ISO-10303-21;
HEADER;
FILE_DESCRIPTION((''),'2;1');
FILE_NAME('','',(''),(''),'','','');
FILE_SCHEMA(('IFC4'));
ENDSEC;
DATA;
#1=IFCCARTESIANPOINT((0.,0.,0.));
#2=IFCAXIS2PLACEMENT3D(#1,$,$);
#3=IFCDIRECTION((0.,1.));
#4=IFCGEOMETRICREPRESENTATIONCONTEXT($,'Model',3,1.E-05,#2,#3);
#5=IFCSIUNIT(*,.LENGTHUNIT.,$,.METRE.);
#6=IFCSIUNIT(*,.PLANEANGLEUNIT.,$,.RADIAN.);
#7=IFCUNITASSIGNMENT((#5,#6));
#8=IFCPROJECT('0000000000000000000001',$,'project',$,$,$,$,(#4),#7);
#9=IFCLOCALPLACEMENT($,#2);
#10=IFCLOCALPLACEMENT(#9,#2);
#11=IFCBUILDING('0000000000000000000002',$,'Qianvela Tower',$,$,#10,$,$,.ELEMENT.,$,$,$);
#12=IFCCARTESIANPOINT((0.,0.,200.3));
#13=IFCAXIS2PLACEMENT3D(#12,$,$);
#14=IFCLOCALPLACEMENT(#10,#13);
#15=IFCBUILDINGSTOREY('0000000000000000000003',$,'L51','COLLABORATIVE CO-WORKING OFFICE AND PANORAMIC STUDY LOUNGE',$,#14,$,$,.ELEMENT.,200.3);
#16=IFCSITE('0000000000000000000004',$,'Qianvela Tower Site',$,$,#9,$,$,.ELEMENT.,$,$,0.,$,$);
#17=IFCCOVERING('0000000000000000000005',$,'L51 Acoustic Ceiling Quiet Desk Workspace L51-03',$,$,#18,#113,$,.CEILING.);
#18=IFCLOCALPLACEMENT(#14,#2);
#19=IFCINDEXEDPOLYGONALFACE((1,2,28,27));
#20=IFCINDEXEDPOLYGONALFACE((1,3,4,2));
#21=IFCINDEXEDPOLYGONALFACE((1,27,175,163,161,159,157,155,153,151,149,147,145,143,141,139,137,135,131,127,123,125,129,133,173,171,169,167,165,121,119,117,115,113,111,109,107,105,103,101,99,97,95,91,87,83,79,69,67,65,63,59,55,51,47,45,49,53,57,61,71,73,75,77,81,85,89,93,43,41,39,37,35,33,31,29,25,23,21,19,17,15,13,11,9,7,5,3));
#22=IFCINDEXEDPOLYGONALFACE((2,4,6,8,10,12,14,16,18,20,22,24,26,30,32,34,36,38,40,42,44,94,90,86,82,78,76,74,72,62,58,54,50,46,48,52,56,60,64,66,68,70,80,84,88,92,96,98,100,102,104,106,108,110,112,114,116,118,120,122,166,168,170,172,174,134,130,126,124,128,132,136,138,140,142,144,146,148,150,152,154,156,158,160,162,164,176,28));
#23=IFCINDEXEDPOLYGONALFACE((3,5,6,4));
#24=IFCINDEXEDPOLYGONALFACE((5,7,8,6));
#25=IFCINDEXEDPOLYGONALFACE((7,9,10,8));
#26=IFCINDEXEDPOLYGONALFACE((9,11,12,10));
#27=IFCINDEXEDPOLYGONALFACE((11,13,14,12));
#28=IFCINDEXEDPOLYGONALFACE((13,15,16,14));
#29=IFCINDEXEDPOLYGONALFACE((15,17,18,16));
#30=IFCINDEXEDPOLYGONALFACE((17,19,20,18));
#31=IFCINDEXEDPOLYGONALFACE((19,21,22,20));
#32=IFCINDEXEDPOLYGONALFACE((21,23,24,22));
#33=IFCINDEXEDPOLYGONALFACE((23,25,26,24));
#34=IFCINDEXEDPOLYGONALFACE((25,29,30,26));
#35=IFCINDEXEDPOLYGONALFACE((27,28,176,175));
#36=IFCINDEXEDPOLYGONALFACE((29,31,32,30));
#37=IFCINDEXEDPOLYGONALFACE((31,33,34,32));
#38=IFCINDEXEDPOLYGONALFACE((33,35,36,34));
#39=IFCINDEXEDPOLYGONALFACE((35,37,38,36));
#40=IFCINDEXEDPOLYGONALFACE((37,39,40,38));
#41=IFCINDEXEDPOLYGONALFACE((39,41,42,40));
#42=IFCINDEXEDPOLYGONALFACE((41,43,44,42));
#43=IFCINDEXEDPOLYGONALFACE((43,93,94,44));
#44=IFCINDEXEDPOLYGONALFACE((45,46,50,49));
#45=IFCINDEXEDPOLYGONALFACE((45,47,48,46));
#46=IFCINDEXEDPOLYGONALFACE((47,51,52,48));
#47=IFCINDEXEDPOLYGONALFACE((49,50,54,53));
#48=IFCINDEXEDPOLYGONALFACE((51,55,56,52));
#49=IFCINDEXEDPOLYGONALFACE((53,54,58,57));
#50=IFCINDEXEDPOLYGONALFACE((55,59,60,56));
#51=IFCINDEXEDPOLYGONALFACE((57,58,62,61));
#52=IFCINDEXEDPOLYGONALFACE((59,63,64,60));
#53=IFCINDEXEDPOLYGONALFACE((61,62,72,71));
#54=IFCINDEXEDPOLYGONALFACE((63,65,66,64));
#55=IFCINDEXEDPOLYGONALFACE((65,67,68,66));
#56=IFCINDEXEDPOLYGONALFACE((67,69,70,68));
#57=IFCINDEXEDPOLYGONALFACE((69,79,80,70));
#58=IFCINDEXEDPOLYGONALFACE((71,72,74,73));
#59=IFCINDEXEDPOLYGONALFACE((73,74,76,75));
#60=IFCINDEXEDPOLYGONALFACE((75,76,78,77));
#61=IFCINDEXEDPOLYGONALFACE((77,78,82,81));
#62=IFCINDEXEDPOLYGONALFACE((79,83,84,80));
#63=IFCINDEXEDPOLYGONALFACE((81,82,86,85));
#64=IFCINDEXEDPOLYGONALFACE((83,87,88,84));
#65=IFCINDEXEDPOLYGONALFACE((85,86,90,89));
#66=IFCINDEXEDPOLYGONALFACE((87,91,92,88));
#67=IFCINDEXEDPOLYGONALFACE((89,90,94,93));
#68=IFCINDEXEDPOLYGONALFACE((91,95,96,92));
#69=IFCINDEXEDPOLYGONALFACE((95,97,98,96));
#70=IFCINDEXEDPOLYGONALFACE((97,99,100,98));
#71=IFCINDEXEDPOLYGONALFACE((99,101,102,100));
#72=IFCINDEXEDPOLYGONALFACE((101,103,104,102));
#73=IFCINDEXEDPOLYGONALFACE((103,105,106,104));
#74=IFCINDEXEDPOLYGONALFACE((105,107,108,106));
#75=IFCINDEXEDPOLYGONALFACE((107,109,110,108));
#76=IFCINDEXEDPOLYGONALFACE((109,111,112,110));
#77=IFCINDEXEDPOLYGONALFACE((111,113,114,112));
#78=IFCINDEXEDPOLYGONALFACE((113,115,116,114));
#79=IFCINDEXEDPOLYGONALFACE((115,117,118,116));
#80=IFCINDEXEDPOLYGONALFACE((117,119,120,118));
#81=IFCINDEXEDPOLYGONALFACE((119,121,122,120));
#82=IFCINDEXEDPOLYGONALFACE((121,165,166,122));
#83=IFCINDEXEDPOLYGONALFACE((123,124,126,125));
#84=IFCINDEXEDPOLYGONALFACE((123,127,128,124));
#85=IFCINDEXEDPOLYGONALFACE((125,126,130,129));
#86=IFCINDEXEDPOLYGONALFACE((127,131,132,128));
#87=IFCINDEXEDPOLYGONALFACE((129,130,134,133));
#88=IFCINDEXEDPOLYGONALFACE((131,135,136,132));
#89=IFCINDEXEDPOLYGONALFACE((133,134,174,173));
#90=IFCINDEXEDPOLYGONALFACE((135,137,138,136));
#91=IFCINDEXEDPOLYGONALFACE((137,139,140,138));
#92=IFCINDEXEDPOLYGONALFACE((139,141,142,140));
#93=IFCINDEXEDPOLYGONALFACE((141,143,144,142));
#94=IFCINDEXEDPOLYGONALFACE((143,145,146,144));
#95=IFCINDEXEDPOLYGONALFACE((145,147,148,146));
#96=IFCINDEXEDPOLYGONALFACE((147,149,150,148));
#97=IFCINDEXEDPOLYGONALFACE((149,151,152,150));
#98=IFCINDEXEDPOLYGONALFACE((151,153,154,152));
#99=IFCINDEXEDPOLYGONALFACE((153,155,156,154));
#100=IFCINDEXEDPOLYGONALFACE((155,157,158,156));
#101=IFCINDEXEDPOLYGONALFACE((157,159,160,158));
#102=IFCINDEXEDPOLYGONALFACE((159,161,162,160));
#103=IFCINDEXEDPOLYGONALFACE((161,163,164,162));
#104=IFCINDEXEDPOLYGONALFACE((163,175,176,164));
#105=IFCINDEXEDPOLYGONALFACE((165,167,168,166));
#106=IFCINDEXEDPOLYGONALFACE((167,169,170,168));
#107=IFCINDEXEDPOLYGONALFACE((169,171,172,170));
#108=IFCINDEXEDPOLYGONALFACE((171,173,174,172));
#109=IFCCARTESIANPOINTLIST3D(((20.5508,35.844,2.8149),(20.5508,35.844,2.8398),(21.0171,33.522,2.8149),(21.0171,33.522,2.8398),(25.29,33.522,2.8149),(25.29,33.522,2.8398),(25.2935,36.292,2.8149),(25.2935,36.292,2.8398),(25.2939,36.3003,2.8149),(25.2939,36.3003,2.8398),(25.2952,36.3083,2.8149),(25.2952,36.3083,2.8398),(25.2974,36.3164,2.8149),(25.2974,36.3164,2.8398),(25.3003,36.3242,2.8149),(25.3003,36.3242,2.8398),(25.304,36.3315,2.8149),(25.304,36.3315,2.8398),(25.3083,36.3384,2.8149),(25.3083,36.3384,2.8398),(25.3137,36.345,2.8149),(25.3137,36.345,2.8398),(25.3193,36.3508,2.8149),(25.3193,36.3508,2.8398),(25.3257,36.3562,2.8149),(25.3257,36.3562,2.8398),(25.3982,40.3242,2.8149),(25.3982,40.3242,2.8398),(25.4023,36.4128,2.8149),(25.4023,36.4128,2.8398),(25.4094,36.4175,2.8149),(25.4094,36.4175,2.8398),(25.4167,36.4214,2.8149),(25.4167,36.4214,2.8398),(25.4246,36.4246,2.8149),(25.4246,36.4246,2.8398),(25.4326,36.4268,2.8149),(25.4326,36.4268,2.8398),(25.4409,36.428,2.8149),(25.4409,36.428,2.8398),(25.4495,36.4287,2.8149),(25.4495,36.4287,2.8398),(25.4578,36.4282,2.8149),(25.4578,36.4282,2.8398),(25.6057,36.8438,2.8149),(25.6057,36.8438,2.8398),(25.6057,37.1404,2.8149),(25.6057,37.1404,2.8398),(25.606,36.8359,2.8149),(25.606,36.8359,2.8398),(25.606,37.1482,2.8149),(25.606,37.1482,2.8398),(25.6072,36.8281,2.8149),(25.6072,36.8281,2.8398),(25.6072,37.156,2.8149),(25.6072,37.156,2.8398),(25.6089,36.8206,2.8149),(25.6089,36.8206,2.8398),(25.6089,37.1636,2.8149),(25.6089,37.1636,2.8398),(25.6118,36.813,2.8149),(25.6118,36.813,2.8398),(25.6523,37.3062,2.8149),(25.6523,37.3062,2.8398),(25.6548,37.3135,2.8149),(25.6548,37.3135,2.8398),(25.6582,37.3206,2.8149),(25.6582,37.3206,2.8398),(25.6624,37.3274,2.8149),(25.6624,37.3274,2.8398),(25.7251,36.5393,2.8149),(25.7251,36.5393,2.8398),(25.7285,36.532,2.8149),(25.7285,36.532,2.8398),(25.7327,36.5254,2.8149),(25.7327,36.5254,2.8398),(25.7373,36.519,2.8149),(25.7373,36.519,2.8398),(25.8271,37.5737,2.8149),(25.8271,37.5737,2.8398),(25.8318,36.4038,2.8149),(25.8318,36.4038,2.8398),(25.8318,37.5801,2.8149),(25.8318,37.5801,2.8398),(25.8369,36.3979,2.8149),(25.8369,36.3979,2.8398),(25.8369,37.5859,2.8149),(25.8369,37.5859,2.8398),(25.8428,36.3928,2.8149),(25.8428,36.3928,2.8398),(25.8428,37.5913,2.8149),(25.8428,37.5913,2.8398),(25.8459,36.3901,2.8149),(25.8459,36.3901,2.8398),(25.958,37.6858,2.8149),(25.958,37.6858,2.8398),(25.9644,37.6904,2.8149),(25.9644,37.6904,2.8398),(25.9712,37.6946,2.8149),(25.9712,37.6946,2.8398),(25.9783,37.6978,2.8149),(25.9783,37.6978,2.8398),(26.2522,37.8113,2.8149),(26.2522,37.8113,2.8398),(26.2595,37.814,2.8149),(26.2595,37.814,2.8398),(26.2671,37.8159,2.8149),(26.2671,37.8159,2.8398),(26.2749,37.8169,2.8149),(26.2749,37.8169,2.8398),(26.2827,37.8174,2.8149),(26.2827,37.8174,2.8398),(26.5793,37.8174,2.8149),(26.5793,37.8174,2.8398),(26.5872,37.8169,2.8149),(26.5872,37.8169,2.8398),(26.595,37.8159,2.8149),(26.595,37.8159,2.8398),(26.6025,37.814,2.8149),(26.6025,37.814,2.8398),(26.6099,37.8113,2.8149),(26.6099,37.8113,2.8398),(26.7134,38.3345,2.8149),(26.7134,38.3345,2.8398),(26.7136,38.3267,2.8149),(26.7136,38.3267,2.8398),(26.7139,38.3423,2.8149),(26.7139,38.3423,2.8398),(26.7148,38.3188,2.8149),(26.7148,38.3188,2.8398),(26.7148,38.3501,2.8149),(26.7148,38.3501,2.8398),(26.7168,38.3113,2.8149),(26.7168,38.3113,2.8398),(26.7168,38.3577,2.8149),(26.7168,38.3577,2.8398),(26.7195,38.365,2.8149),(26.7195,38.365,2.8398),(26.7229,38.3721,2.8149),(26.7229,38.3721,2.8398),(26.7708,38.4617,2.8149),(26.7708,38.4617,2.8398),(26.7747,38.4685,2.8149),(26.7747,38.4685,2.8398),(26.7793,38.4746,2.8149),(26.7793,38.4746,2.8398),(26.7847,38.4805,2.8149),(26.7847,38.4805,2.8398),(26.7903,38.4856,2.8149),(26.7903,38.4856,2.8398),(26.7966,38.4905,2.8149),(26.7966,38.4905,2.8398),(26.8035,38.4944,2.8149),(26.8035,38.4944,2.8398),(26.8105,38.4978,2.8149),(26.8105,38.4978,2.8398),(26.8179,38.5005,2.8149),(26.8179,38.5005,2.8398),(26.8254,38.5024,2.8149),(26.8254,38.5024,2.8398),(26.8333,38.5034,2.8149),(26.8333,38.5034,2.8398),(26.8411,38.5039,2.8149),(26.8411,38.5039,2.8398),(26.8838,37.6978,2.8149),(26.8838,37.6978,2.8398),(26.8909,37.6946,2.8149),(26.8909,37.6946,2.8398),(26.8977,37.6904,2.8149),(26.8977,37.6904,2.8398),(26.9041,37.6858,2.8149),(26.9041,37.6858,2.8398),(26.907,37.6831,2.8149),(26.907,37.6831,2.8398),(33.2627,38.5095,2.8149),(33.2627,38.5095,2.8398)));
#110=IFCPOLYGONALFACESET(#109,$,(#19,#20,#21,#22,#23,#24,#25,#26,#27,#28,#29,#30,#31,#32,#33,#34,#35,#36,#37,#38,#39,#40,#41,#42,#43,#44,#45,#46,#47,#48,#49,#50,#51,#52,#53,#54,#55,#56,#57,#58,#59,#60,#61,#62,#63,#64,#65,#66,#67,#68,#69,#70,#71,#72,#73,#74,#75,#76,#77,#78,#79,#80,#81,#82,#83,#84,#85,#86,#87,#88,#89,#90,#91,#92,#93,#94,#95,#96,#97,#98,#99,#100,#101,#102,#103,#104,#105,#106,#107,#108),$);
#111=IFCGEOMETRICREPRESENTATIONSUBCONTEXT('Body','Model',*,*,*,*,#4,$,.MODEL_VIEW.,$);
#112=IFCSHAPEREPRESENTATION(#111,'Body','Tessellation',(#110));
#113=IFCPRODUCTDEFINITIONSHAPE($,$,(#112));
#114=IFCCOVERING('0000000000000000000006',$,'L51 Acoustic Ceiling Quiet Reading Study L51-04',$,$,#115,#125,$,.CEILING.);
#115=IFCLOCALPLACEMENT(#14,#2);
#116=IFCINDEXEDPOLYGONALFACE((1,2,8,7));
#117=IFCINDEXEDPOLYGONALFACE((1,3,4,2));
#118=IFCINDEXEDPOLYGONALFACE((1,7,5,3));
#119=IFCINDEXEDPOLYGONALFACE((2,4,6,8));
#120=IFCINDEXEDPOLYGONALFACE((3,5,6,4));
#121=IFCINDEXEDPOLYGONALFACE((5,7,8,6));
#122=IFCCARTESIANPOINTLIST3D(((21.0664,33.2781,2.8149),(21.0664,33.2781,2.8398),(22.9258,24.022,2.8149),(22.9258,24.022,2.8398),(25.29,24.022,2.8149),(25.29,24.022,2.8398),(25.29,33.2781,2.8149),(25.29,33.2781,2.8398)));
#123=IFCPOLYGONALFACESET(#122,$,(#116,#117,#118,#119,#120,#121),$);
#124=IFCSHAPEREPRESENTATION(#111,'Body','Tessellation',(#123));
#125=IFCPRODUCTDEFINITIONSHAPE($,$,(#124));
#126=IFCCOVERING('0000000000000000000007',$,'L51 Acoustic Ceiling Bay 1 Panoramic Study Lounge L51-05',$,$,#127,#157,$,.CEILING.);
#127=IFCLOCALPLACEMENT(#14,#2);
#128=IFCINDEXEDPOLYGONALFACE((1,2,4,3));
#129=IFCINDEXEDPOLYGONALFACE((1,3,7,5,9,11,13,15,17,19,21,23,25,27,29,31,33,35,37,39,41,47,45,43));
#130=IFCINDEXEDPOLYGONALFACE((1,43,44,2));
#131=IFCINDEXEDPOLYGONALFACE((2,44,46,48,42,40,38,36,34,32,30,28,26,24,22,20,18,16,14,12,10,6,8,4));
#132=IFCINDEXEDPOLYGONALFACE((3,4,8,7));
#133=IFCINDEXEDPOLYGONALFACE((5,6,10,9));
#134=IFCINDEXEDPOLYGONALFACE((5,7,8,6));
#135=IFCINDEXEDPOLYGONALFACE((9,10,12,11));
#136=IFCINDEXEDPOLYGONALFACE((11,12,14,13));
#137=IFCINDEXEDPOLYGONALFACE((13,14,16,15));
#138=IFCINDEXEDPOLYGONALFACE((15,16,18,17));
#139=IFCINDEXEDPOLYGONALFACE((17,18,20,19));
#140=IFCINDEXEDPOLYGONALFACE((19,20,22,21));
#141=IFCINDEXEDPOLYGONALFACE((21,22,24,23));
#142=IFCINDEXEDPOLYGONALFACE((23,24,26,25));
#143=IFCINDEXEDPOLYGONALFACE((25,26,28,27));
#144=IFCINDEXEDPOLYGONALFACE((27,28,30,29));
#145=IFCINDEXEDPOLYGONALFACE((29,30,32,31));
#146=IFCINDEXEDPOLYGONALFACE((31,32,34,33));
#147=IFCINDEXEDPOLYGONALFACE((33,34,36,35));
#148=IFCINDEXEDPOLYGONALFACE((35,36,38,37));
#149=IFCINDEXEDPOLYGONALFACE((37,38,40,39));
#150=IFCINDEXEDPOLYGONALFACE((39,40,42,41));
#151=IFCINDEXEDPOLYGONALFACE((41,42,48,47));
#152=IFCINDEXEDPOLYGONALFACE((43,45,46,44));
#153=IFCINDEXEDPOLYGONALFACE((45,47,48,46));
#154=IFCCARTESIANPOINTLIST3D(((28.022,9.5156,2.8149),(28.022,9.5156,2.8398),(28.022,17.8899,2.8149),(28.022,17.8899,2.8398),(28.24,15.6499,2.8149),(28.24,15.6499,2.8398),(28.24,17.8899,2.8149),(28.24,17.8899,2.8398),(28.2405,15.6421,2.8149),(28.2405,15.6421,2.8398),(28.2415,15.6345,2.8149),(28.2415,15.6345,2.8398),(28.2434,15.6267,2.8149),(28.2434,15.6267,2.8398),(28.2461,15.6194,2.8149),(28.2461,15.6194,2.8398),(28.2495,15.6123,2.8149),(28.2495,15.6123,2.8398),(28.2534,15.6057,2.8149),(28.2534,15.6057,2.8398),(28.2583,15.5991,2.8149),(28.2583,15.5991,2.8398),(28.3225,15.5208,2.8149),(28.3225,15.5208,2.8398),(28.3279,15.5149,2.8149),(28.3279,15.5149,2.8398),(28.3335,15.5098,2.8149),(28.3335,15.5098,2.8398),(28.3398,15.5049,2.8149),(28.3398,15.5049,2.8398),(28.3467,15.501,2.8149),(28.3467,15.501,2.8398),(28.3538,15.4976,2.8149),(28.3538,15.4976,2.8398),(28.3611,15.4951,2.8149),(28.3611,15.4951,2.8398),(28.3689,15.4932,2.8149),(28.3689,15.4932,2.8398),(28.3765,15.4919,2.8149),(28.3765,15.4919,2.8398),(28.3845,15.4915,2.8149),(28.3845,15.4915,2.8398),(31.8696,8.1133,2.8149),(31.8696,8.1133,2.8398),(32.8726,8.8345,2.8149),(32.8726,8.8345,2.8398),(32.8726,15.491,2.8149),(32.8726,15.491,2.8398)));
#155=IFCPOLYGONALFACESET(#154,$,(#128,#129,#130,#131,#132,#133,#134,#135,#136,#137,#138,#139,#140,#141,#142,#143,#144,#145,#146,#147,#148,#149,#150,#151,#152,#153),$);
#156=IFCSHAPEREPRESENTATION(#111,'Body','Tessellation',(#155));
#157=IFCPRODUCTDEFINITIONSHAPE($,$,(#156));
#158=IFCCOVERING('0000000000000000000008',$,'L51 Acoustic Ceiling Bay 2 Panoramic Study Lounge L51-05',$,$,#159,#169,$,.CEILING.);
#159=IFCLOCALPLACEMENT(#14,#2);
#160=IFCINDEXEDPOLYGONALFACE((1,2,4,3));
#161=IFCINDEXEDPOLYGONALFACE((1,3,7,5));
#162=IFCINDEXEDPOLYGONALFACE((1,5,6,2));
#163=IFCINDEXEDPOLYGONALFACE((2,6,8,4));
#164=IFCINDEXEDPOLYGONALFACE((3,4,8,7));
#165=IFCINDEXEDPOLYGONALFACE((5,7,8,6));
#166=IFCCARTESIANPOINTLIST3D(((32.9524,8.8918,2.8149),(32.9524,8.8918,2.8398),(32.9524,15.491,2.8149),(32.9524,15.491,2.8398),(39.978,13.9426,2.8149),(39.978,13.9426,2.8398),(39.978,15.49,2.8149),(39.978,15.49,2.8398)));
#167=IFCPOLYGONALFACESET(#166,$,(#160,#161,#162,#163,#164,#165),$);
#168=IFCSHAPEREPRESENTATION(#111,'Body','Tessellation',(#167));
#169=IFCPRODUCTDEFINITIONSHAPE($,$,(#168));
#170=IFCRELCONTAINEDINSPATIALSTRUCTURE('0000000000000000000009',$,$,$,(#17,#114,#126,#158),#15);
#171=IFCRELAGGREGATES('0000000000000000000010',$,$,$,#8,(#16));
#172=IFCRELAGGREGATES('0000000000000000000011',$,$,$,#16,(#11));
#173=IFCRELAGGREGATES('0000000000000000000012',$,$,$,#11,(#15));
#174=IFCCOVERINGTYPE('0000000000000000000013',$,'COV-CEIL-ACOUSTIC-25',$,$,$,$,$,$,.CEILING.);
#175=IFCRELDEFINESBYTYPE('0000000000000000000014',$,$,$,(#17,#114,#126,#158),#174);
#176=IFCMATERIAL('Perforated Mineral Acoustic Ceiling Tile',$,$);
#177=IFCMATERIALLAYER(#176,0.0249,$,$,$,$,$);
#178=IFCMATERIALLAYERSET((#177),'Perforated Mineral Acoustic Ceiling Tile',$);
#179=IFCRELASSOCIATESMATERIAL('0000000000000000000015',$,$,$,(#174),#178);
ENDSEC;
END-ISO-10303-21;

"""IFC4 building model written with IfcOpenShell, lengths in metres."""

from ifc_helpers import new_model, si_unit, direction, frame, origin, place, context, subcontext, project, spatial, polyline, outline, extrude, material, layer, layer_set, type_object, element, save


model = new_model("IFC4")

# Units and contexts
model_context = context("Model", 3, precision=1e-05, world=origin(), true_north=direction((0.0, 1.0)))
body_context = subcontext(model_context, "Body", "Model", "MODEL_VIEW")
ifc_project = project(units=[si_unit("LENGTHUNIT", "METRE"), si_unit("PLANEANGLEUNIT", "RADIAN")], contexts=[model_context])

# Site, building, storey
site_placement = place(None, origin())
site = spatial("IfcSite", under=ifc_project, at=site_placement, Name="Qianvela Tower Site", CompositionType="ELEMENT", RefElevation=0.0)
building_placement = place(site_placement, origin())
building = spatial("IfcBuilding", under=site, at=building_placement, Name="Qianvela Tower", CompositionType="ELEMENT")
storey_placement = place(building_placement, frame((0.0, 0.0, 200.3)))
storey = spatial("IfcBuildingStorey", under=building, at=storey_placement, Name="L51", Description="COLLABORATIVE CO-WORKING OFFICE AND PANORAMIC STUDY LOUNGE", CompositionType="ELEMENT", Elevation=200.3)

# Coverings
ifc_material_1 = material(Name="Perforated Mineral Acoustic Ceiling Tile")
ifc_layer_1 = layer(ifc_material_1, 0.0249)
ifc_layer_set_1 = layer_set([ifc_layer_1], Name="Perforated Mineral Acoustic Ceiling Tile")
covering_type_1 = type_object("IfcCoveringType", Name="COV-CEIL-ACOUSTIC-25", PredefinedType="CEILING", material=ifc_layer_set_1)
covering_1_placement = place(storey_placement, frame((0.0, 0.0, 2.8149)))
element("IfcCovering", 1, at=covering_1_placement, inside=storey, type_object=covering_type_1, Name="L51 Acoustic Ceiling Quiet Desk Workspace L51-03", PredefinedType="CEILING", context=body_context, shape_type="SweptSolid", body=[
    extrude(outline(polyline([(25.8459, 36.3901), (25.4578, 36.4282), (25.4495, 36.4287), (25.4409, 36.428), (25.4326, 36.4268), (25.4246, 36.4246), (25.4167, 36.4214), (25.4094, 36.4175), (25.4023, 36.4128), (25.3257, 36.3562), (25.3193, 36.3508), (25.3137, 36.345), (25.3083, 36.3384), (25.304, 36.3315), (25.3003, 36.3242), (25.2974, 36.3164), (25.2952, 36.3083), (25.2939, 36.3003), (25.2935, 36.292), (25.29, 33.522), (21.0171, 33.522), (20.5508, 35.844), (25.3982, 40.3242), (33.2627, 38.5095), (26.8411, 38.5039), (26.8333, 38.5034), (26.8254, 38.5024), (26.8179, 38.5005), (26.8105, 38.4978), (26.8035, 38.4944), (26.7966, 38.4905), (26.7903, 38.4856), (26.7847, 38.4805), (26.7793, 38.4746), (26.7747, 38.4685), (26.7708, 38.4617), (26.7229, 38.3721), (26.7195, 38.365), (26.7168, 38.3577), (26.7148, 38.3501), (26.7139, 38.3423), (26.7134, 38.3345), (26.7136, 38.3267), (26.7148, 38.3188), (26.7168, 38.3113), (26.907, 37.6831), (26.9041, 37.6858), (26.8977, 37.6904), (26.8909, 37.6946), (26.8838, 37.6978), (26.6099, 37.8113), (26.6025, 37.814), (26.595, 37.8159), (26.5872, 37.8169), (26.5793, 37.8174), (26.2827, 37.8174), (26.2749, 37.8169), (26.2671, 37.8159), (26.2595, 37.814), (26.2522, 37.8113), (25.9783, 37.6978), (25.9712, 37.6946), (25.9644, 37.6904), (25.958, 37.6858), (25.8428, 37.5913), (25.8369, 37.5859), (25.8318, 37.5801), (25.8271, 37.5737), (25.6624, 37.3274), (25.6582, 37.3206), (25.6548, 37.3135), (25.6523, 37.3062), (25.6089, 37.1636), (25.6072, 37.156), (25.606, 37.1482), (25.6057, 37.1404), (25.6057, 36.8438), (25.606, 36.8359), (25.6072, 36.8281), (25.6089, 36.8206), (25.6118, 36.813), (25.7251, 36.5393), (25.7285, 36.532), (25.7327, 36.5254), (25.7373, 36.519), (25.8318, 36.4038), (25.8369, 36.3979), (25.8428, 36.3928), (25.8459, 36.3901)])), origin(), (0.0, 0.0, 1.0), 0.0249),
])
covering_2_placement = place(storey_placement, frame((0.0, 0.0, 2.8149)))
element("IfcCovering", 2, at=covering_2_placement, inside=storey, type_object=covering_type_1, Name="L51 Acoustic Ceiling Quiet Reading Study L51-04", PredefinedType="CEILING", context=body_context, shape_type="SweptSolid", body=[
    extrude(outline(polyline([(25.29, 33.2781), (25.29, 24.022), (22.9258, 24.022), (21.0664, 33.2781), (25.29, 33.2781)])), origin(), (0.0, 0.0, 1.0), 0.0249),
])
covering_3_placement = place(storey_placement, frame((0.0, 0.0, 2.8149)))
element("IfcCovering", 3, at=covering_3_placement, inside=storey, type_object=covering_type_1, Name="L51 Acoustic Ceiling Bay 1 Panoramic Study Lounge L51-05", PredefinedType="CEILING", context=body_context, shape_type="SweptSolid", body=[
    extrude(outline(polyline([(28.24, 17.8899), (28.24, 15.6499), (28.2405, 15.6421), (28.2415, 15.6345), (28.2434, 15.6267), (28.2461, 15.6194), (28.2495, 15.6123), (28.2534, 15.6057), (28.2583, 15.5991), (28.3225, 15.5208), (28.3279, 15.5149), (28.3335, 15.5098), (28.3398, 15.5049), (28.3467, 15.501), (28.3538, 15.4976), (28.3611, 15.4951), (28.3689, 15.4932), (28.3765, 15.4919), (28.3845, 15.4915), (32.8726, 15.491), (32.8726, 8.8345), (31.8696, 8.1133), (28.022, 9.5156), (28.022, 17.8899), (28.24, 17.8899)])), origin(), (0.0, 0.0, 1.0), 0.0249),
])
covering_4_placement = place(storey_placement, frame((0.0, 0.0, 2.8149)))
element("IfcCovering", 4, at=covering_4_placement, inside=storey, type_object=covering_type_1, Name="L51 Acoustic Ceiling Bay 2 Panoramic Study Lounge L51-05", PredefinedType="CEILING", context=body_context, shape_type="SweptSolid", body=[
    extrude(outline(polyline([(39.978, 15.49), (39.978, 13.9426), (32.9524, 8.8918), (32.9524, 15.491), (39.978, 15.49)])), origin(), (0.0, 0.0, 1.0), 0.0249),
])

save(model, "model.ifc")
